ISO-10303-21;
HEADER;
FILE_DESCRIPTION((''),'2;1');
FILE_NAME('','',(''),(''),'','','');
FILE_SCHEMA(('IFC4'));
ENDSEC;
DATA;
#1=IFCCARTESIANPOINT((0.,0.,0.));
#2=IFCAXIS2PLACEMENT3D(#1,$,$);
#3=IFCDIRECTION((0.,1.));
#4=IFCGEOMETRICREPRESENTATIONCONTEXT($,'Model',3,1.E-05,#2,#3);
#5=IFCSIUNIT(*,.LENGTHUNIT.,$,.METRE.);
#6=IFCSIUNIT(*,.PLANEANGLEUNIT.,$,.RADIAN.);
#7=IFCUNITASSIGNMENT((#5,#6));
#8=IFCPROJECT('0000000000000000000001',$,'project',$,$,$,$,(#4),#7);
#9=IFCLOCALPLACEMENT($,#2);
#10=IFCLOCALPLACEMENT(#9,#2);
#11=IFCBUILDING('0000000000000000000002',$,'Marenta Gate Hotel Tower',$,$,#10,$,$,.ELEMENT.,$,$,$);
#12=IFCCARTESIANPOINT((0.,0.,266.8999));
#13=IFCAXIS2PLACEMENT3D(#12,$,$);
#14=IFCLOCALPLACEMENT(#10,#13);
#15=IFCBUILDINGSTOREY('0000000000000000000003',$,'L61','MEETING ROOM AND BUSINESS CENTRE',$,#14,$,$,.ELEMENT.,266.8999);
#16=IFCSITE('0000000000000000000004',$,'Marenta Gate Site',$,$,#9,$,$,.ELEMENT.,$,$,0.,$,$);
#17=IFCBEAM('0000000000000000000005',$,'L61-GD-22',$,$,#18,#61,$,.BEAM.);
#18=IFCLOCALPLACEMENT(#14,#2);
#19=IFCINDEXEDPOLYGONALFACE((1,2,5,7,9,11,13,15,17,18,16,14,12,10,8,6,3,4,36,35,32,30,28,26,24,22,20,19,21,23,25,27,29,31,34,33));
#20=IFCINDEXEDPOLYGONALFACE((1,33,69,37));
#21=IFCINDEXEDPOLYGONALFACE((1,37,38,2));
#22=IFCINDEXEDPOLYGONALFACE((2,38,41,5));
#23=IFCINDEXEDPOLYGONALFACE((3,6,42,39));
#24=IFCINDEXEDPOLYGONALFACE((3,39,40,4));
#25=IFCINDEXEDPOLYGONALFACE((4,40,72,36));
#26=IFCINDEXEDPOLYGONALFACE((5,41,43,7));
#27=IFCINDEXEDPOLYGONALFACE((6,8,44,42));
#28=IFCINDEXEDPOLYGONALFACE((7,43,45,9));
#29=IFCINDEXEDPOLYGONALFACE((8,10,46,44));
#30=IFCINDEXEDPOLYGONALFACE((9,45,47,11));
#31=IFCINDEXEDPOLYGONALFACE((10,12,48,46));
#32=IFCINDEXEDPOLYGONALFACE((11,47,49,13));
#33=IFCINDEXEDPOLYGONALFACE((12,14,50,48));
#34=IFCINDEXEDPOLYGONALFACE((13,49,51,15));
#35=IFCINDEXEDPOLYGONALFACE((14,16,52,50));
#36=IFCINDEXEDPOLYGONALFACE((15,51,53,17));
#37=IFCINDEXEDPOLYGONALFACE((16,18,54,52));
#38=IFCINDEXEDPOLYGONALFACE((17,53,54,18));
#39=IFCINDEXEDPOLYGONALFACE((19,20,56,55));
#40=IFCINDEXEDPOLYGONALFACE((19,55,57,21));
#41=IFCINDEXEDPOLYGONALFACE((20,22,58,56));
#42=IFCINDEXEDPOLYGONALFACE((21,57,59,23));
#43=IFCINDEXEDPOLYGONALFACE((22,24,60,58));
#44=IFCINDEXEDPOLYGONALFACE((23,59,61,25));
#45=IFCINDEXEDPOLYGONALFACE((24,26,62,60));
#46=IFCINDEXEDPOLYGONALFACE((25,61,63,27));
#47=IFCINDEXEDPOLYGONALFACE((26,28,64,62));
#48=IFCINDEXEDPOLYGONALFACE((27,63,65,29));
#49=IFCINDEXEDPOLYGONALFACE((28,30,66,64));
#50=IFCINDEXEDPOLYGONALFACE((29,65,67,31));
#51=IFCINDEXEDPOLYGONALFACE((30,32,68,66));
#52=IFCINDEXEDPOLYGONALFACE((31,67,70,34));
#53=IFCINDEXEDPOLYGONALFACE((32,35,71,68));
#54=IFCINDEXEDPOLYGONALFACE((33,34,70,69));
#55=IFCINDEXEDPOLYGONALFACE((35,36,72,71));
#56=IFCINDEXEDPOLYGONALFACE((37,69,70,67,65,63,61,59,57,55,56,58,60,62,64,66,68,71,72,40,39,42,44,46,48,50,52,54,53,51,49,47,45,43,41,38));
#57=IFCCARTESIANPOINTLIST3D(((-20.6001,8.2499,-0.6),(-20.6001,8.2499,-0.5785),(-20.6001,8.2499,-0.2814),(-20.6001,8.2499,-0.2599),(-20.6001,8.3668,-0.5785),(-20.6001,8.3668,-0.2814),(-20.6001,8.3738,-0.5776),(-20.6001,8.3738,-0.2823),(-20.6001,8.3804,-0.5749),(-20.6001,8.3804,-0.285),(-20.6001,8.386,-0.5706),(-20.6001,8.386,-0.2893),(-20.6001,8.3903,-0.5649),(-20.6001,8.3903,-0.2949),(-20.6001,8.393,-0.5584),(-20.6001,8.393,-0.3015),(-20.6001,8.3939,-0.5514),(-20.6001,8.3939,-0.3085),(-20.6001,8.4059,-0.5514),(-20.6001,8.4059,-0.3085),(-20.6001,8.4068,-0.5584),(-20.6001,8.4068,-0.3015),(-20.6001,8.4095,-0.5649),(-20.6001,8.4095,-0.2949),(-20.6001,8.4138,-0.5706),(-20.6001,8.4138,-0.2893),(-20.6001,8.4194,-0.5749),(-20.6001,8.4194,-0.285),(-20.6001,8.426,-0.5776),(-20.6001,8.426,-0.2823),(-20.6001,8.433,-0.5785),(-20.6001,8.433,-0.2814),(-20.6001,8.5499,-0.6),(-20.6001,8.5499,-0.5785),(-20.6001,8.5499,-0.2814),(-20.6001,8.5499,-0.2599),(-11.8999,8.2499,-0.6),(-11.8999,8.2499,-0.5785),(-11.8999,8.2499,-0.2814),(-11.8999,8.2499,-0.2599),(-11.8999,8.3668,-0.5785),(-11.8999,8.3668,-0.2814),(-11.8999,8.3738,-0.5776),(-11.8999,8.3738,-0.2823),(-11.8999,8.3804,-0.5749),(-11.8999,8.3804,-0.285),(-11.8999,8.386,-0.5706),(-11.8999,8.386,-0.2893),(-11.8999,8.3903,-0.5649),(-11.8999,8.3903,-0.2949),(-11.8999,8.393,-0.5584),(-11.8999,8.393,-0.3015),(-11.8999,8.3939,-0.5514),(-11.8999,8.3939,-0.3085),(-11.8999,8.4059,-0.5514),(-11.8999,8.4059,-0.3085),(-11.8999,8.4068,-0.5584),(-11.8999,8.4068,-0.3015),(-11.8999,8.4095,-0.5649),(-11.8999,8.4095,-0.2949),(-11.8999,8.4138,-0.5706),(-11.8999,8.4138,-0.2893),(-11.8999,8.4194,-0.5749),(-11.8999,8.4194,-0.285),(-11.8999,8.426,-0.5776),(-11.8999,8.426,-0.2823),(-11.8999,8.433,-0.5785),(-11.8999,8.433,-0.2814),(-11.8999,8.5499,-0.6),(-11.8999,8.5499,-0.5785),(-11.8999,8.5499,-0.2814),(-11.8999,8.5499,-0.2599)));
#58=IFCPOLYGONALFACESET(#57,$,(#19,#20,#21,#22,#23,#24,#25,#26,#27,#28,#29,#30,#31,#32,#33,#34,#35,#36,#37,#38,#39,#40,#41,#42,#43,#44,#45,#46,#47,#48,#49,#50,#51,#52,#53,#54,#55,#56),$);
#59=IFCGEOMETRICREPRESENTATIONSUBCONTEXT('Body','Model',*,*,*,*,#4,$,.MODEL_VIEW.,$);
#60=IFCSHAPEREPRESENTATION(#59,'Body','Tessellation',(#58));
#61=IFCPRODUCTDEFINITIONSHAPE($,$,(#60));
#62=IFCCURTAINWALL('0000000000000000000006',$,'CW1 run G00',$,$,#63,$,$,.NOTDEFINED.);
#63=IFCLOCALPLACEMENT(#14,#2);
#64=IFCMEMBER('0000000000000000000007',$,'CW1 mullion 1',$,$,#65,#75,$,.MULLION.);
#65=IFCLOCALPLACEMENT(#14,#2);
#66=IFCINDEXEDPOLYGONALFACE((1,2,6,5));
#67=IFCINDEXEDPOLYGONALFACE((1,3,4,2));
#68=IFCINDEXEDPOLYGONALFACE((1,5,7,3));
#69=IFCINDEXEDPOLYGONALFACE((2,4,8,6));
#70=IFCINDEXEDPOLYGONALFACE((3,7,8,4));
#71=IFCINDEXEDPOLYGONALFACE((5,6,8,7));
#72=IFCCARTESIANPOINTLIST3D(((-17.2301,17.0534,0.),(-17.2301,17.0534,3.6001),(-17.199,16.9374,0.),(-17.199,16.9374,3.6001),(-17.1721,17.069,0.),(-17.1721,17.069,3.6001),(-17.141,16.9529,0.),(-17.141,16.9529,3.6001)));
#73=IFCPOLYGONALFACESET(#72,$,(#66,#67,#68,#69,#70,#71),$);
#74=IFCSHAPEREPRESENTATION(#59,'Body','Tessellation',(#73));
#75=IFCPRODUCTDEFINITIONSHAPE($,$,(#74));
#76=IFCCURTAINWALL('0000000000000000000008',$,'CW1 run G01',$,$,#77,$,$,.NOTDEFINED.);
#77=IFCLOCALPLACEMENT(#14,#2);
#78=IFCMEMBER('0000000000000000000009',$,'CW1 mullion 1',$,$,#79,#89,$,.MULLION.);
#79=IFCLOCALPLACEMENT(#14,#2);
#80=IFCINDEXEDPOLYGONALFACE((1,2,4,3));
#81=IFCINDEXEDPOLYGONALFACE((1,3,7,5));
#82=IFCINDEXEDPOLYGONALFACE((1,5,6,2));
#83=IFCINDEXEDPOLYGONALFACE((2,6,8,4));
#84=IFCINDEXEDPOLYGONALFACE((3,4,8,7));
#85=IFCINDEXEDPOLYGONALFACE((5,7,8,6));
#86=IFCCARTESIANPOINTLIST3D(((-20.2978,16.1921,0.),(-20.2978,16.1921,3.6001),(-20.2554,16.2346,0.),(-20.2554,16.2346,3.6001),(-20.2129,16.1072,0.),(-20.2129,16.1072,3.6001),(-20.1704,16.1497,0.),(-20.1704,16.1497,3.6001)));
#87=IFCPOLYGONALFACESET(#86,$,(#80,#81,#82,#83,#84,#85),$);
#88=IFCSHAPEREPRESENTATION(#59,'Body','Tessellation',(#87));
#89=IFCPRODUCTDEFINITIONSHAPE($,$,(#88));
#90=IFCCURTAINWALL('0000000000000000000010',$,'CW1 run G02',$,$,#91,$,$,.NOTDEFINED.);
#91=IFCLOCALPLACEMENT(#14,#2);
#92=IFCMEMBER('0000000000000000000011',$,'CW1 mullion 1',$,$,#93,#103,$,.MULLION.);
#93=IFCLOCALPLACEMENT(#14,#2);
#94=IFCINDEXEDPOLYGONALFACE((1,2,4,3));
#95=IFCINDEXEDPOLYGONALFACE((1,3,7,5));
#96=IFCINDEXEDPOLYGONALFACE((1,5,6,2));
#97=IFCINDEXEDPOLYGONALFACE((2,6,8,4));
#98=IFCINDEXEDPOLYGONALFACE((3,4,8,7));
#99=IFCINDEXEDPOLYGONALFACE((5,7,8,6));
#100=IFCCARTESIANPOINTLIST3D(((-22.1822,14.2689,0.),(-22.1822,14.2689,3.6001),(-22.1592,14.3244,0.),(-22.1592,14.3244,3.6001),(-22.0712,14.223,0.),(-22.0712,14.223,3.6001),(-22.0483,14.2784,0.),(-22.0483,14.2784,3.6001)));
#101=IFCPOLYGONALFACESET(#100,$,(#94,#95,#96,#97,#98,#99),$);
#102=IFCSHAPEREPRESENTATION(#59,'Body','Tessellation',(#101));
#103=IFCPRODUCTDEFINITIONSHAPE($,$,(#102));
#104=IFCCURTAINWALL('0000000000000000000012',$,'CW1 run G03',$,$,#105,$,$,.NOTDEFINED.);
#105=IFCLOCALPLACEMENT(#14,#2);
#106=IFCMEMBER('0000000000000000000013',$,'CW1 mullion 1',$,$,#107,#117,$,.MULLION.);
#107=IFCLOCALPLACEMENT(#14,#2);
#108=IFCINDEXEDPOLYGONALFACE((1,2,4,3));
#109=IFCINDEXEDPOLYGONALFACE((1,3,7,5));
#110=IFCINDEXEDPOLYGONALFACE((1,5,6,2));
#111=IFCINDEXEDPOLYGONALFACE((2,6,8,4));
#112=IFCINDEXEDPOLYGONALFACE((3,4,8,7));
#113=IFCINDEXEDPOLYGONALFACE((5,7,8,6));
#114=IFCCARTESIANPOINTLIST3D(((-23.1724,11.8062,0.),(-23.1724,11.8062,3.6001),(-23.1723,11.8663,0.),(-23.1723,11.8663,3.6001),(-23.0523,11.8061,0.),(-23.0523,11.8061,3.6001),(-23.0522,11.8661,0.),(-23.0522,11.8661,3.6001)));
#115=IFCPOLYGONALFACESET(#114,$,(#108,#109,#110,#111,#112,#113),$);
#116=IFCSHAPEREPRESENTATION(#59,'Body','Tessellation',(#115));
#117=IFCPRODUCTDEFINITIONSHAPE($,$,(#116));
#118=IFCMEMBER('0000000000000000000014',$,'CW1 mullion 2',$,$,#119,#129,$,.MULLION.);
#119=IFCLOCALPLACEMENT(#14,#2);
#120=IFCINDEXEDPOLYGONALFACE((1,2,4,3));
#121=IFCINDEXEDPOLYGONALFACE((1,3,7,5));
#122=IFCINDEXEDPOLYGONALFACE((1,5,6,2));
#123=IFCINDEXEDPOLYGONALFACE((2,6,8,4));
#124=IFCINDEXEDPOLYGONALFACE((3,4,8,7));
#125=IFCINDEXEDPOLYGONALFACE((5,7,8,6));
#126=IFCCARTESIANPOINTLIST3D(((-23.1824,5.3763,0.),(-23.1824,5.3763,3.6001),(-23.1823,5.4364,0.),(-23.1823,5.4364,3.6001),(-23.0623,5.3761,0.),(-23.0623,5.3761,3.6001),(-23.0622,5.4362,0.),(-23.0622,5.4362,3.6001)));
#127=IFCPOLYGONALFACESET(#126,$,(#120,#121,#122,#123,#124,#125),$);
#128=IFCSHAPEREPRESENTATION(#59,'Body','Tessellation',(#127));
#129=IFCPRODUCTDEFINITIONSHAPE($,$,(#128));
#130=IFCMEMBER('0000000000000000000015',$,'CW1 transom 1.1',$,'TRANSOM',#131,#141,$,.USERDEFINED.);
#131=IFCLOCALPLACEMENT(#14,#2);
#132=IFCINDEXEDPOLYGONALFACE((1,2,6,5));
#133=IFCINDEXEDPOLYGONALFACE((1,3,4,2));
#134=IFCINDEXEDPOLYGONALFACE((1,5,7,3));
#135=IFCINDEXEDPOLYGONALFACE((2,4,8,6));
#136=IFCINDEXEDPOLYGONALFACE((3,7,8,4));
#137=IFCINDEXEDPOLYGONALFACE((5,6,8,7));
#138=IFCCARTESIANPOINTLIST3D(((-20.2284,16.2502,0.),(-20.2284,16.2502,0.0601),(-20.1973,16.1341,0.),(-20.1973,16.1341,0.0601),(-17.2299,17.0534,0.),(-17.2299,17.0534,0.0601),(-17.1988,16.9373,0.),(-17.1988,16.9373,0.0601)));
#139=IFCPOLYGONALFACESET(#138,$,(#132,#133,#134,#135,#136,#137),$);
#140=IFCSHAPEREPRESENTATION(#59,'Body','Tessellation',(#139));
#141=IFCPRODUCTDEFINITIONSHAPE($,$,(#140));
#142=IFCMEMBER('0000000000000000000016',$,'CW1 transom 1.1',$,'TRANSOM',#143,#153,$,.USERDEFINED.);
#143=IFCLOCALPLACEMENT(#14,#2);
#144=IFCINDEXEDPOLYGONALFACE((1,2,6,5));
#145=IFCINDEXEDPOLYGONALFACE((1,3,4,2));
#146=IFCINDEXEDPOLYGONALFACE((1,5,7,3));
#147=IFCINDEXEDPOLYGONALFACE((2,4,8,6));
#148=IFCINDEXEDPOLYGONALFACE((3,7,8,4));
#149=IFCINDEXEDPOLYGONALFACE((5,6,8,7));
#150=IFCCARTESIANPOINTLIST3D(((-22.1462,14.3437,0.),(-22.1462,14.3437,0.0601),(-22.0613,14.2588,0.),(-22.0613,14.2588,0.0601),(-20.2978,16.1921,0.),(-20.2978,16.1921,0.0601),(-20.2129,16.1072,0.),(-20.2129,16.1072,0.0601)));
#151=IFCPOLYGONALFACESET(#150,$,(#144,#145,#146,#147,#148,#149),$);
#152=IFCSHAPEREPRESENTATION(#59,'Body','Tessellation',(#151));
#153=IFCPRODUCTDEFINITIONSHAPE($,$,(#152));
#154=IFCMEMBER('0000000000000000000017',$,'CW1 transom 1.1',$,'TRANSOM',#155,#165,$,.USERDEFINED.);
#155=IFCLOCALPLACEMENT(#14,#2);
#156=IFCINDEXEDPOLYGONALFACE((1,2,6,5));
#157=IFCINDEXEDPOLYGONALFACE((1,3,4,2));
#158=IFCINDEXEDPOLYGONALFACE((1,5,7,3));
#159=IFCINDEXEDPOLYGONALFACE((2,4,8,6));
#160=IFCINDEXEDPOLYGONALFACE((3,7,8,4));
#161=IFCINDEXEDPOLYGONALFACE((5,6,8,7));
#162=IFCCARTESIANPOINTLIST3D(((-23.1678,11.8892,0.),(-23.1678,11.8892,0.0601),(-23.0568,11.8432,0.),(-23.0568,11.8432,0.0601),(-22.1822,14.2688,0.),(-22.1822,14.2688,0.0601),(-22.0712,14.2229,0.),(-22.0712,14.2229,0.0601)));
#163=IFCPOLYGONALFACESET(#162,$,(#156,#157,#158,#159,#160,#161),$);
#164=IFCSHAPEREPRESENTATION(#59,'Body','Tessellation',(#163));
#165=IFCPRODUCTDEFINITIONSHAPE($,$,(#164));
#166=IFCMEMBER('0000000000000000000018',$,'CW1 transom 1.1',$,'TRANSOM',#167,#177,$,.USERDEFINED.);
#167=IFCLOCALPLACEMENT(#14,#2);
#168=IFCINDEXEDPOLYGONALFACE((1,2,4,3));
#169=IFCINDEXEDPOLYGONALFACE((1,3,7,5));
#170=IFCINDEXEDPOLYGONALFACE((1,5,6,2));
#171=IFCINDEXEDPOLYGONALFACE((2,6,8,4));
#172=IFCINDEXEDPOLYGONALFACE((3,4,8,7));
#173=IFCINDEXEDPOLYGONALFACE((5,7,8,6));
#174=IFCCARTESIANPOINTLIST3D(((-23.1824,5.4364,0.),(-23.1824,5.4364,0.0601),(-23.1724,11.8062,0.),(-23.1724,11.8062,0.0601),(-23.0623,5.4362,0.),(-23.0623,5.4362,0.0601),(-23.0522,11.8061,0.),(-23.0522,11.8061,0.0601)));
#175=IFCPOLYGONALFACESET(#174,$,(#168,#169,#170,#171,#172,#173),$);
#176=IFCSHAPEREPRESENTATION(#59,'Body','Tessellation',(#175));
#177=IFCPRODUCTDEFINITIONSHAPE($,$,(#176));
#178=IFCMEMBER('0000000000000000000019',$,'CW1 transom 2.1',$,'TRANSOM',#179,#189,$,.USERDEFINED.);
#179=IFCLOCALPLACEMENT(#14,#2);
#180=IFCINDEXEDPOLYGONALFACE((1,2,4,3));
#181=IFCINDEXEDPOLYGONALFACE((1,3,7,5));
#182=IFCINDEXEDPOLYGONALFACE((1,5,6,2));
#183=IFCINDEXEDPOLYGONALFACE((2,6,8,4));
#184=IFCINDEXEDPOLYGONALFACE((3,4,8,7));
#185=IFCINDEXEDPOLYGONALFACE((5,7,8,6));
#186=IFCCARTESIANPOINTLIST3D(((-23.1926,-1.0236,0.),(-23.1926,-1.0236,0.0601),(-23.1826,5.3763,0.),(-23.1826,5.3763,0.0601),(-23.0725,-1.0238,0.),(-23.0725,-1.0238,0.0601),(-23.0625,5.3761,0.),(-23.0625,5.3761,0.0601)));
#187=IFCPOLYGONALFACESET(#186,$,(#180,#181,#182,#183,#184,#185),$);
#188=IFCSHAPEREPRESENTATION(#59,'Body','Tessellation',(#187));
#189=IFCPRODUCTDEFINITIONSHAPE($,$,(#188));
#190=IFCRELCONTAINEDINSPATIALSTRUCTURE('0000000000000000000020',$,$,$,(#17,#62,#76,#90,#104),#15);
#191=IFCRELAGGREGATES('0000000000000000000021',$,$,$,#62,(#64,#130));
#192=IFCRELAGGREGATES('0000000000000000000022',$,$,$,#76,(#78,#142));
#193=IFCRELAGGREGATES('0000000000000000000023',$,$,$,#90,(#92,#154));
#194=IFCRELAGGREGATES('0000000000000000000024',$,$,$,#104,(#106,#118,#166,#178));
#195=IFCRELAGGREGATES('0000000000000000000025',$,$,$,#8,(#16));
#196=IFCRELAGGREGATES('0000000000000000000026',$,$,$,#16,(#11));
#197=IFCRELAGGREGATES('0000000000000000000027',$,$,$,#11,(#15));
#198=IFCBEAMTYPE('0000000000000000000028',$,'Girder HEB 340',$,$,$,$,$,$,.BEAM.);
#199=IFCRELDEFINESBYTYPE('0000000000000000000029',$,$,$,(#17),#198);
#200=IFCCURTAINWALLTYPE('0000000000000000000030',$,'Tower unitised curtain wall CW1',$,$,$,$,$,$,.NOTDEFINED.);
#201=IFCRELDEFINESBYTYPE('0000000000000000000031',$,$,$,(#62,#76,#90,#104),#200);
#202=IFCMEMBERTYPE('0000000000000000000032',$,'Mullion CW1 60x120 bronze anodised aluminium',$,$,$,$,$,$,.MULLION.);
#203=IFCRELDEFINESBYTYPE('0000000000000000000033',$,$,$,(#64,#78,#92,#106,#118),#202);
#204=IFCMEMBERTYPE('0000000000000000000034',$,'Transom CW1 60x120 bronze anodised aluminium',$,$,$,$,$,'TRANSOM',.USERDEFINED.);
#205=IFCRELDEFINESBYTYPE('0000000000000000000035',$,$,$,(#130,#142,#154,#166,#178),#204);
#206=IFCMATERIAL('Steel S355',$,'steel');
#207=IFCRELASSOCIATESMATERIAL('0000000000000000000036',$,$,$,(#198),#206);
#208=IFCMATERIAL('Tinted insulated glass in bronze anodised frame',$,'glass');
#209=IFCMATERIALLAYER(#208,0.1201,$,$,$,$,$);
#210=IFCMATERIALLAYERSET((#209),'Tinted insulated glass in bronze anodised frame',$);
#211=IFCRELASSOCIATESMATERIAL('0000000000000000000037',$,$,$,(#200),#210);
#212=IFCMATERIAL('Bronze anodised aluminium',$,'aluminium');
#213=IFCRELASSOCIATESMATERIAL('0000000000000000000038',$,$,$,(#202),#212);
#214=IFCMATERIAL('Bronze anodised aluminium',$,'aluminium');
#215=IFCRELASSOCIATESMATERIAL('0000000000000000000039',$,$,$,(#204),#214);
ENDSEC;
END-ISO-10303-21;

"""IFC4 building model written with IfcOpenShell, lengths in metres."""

from ifc_helpers import new_model, si_unit, direction, frame, origin, origin_2d, place, context, subcontext, project, spatial, rectangle, i_section, extrude, material, layer, layer_set, material_profile, profile_set, type_object, element, aggregate, save


model = new_model("IFC4")

# Units and contexts
model_context = context("Model", 3, precision=1e-05, world=origin(), true_north=direction((0.0, 1.0)))
body_context = subcontext(model_context, "Body", "Model", "MODEL_VIEW")
ifc_project = project(units=[si_unit("LENGTHUNIT", "METRE"), si_unit("PLANEANGLEUNIT", "RADIAN")], contexts=[model_context])

# Site, building, storey
site_placement = place(None, origin())
site = spatial("IfcSite", under=ifc_project, at=site_placement, Name="Marenta Gate Site", CompositionType="ELEMENT", RefElevation=0.0)
building_placement = place(site_placement, origin())
building = spatial("IfcBuilding", under=site, at=building_placement, Name="Marenta Gate Hotel Tower", CompositionType="ELEMENT")
storey_placement = place(building_placement, frame((0.0, 0.0, 266.8999)))
storey = spatial("IfcBuildingStorey", under=building, at=storey_placement, Name="L61", Description="MEETING ROOM AND BUSINESS CENTRE", CompositionType="ELEMENT", Elevation=266.8999)

# Beam
ifc_material_1 = material(Name="Steel S355", Category="steel")
ifc_material_profile_1 = material_profile(ifc_material_1, i_section(OverallWidth=0.3, OverallDepth=0.3401, WebThickness=0.012, FlangeThickness=0.0215, FilletRadius=0.0271, at=origin_2d()), Name="HEB 340")
ifc_profile_set_1 = profile_set([ifc_material_profile_1], Name="Steel S355")
beam_type_1 = type_object("IfcBeamType", Name="Girder HEB 340", PredefinedType="BEAM", material=ifc_profile_set_1)
beam_1_placement = place(storey_placement, frame((-20.6001, 8.3999, -0.4299), z_axis=(1.0, 0.0, 0.0), x_axis=(0.0, 1.0, 0.0)))
element("IfcBeam", 1, at=beam_1_placement, inside=storey, type_object=beam_type_1, Name="L61-GD-22", PredefinedType="BEAM", context=body_context, shape_type="SweptSolid", body=[
    extrude(i_section(OverallWidth=0.3, OverallDepth=0.3401, WebThickness=0.012, FlangeThickness=0.0215, FilletRadius=0.0271, at=origin_2d()), origin(), (0.0, 0.0, 1.0), 8.7002),
])

# Curtain walls, members
ifc_material_2 = material(Name="Tinted insulated glass in bronze anodised frame", Category="glass")
ifc_layer_1 = layer(ifc_material_2, 0.1201)
ifc_layer_set_1 = layer_set([ifc_layer_1], Name="Tinted insulated glass in bronze anodised frame")
curtain_wall_type = type_object("IfcCurtainWallType", Name="Tower unitised curtain wall CW1", PredefinedType="NOTDEFINED", material=ifc_layer_set_1)
curtain_wall_1_placement = place(storey_placement, origin())
curtain_wall_1 = element("IfcCurtainWall", 2, at=curtain_wall_1_placement, inside=storey, type_object=curtain_wall_type, Name="CW1 run G00", PredefinedType="NOTDEFINED")
ifc_material_3 = material(Name="Bronze anodised aluminium", Category="aluminium")
ifc_material_profile_2 = material_profile(ifc_material_3, rectangle(XDim=0.1201, YDim=0.0601, at=origin_2d()), Name="Mullion CW1 60x120 bronze anodised aluminium")
ifc_profile_set_2 = profile_set([ifc_material_profile_2], Name="Bronze anodised aluminium")
member_type_1 = type_object("IfcMemberType", Name="Mullion CW1 60x120 bronze anodised aluminium", PredefinedType="MULLION", material=ifc_profile_set_2)
member_1_placement = place(storey_placement, frame((-17.1855, 17.0032, 0.0), z_axis=(0.0, 0.0, 1.0), x_axis=(0.258801, -0.965931, 0.0)))
member_1 = element("IfcMember", 3, at=member_1_placement, type_object=member_type_1, Name="CW1 mullion 1", PredefinedType="MULLION", context=body_context, shape_type="SweptSolid", body=[
    extrude(rectangle(XDim=0.1201, YDim=0.0601, at=origin_2d()), origin(), (0.0, 0.0, 1.0), 3.6001),
])
curtain_wall_2_placement = place(storey_placement, origin())
curtain_wall_2 = element("IfcCurtainWall", 4, at=curtain_wall_2_placement, inside=storey, type_object=curtain_wall_type, Name="CW1 run G01", PredefinedType="NOTDEFINED")
member_2_placement = place(storey_placement, frame((-20.2341, 16.1709, 0.0), z_axis=(0.0, 0.0, 1.0), x_axis=(0.707107, -0.707107, 0.0)))
member_2 = element("IfcMember", 5, at=member_2_placement, type_object=member_type_1, Name="CW1 mullion 1", PredefinedType="MULLION", context=body_context, shape_type="SweptSolid", body=[
    extrude(rectangle(XDim=0.1201, YDim=0.0601, at=origin_2d()), origin(), (0.0, 0.0, 1.0), 3.6001),
])
curtain_wall_3_placement = place(storey_placement, origin())
curtain_wall_3 = element("IfcCurtainWall", 6, at=curtain_wall_3_placement, inside=storey, type_object=curtain_wall_type, Name="CW1 run G02", PredefinedType="NOTDEFINED")
member_3_placement = place(storey_placement, frame((-22.1152, 14.2737, 0.0), z_axis=(0.0, 0.0, 1.0), x_axis=(0.923886, -0.382667, 0.0)))
member_3 = element("IfcMember", 7, at=member_3_placement, type_object=member_type_1, Name="CW1 mullion 1", PredefinedType="MULLION", context=body_context, shape_type="SweptSolid", body=[
    extrude(rectangle(XDim=0.1201, YDim=0.0601, at=origin_2d()), origin(), (0.0, 0.0, 1.0), 3.6001),
])

# Curtain wall, members
curtain_wall_4_placement = place(storey_placement, origin())
curtain_wall_4 = element("IfcCurtainWall", 8, at=curtain_wall_4_placement, inside=storey, type_object=curtain_wall_type, Name="CW1 run G03", PredefinedType="NOTDEFINED")
member_4_placement = place(storey_placement, frame((-23.1123, 11.8362, 0.0), z_axis=(0.0, 0.0, 1.0), x_axis=(0.999999, -0.001566, 0.0)))
member_4 = element("IfcMember", 9, at=member_4_placement, type_object=member_type_1, Name="CW1 mullion 1", PredefinedType="MULLION", context=body_context, shape_type="SweptSolid", body=[
    extrude(rectangle(XDim=0.1201, YDim=0.0601, at=origin_2d()), origin(), (0.0, 0.0, 1.0), 3.6001),
])
member_5_placement = place(storey_placement, frame((-23.1223, 5.4062, 0.0), z_axis=(0.0, 0.0, 1.0), x_axis=(0.999999, -0.001566, 0.0)))
member_5 = element("IfcMember", 10, at=member_5_placement, type_object=member_type_1, Name="CW1 mullion 2", PredefinedType="MULLION", context=body_context, shape_type="SweptSolid", body=[
    extrude(rectangle(XDim=0.1201, YDim=0.0601, at=origin_2d()), origin(), (0.0, 0.0, 1.0), 3.6001),
])

# Members
ifc_material_4 = material(Name="Bronze anodised aluminium", Category="aluminium")
ifc_material_profile_3 = material_profile(ifc_material_4, rectangle(XDim=0.1201, YDim=0.0601, at=origin_2d()), Name="Transom CW1 60x120 bronze anodised aluminium")
ifc_profile_set_3 = profile_set([ifc_material_profile_3], Name="Bronze anodised aluminium")
member_type_2 = type_object("IfcMemberType", Name="Transom CW1 60x120 bronze anodised aluminium", ElementType="TRANSOM", PredefinedType="USERDEFINED", material=ifc_profile_set_3)
member_6_placement = place(storey_placement, frame((-17.2144, 16.9954, 0.03), z_axis=(-0.965945, -0.258749, 0.0), x_axis=(0.258749, -0.965945, 0.0)))
member_6 = element("IfcMember", 11, at=member_6_placement, type_object=member_type_2, Name="CW1 transom 1.1", ObjectType="TRANSOM", PredefinedType="USERDEFINED", context=body_context, shape_type="SweptSolid", body=[
    extrude(rectangle(XDim=0.1201, YDim=0.0601, at=origin_2d()), origin(), (0.0, 0.0, 1.0), 3.1042),
])
member_7_placement = place(storey_placement, frame((-20.2554, 16.1497, 0.03), z_axis=(-0.707107, -0.707107, 0.0), x_axis=(0.707107, -0.707107, 0.0)))
member_7 = element("IfcMember", 12, at=member_7_placement, type_object=member_type_2, Name="CW1 transom 1.1", ObjectType="TRANSOM", PredefinedType="USERDEFINED", context=body_context, shape_type="SweptSolid", body=[
    extrude(rectangle(XDim=0.1201, YDim=0.0601, at=origin_2d()), origin(), (0.0, 0.0, 1.0), 2.614),
])
member_8_placement = place(storey_placement, frame((-22.1267, 14.2458, 0.03), z_axis=(-0.382656, -0.923891, 0.0), x_axis=(0.923891, -0.382656, 0.0)))
member_8 = element("IfcMember", 13, at=member_8_placement, type_object=member_type_2, Name="CW1 transom 1.1", ObjectType="TRANSOM", PredefinedType="USERDEFINED", context=body_context, shape_type="SweptSolid", body=[
    extrude(rectangle(XDim=0.1201, YDim=0.0601, at=origin_2d()), origin(), (0.0, 0.0, 1.0), 2.5757),
])
member_9_placement = place(storey_placement, frame((-23.1123, 11.8062, 0.03), z_axis=(-0.001571, -0.999999, 0.0), x_axis=(0.999999, -0.001571, 0.0)))
member_9 = element("IfcMember", 14, at=member_9_placement, type_object=member_type_2, Name="CW1 transom 1.1", ObjectType="TRANSOM", PredefinedType="USERDEFINED", context=body_context, shape_type="SweptSolid", body=[
    extrude(rectangle(XDim=0.1201, YDim=0.0601, at=origin_2d()), origin(), (0.0, 0.0, 1.0), 6.3699),
])
member_10_placement = place(storey_placement, frame((-23.1226, 5.3762, 0.03), z_axis=(-0.001564, -0.999999, 0.0), x_axis=(0.999999, -0.001564, 0.0)))
member_10 = element("IfcMember", 15, at=member_10_placement, type_object=member_type_2, Name="CW1 transom 2.1", ObjectType="TRANSOM", PredefinedType="USERDEFINED", context=body_context, shape_type="SweptSolid", body=[
    extrude(rectangle(XDim=0.1201, YDim=0.0601, at=origin_2d()), origin(), (0.0, 0.0, 1.0), 6.3999),
])

aggregate(curtain_wall_1, [member_1, member_6])
aggregate(curtain_wall_2, [member_2, member_7])
aggregate(curtain_wall_3, [member_3, member_8])
aggregate(curtain_wall_4, [member_4, member_5, member_9, member_10])

save(model, "model.ifc")
